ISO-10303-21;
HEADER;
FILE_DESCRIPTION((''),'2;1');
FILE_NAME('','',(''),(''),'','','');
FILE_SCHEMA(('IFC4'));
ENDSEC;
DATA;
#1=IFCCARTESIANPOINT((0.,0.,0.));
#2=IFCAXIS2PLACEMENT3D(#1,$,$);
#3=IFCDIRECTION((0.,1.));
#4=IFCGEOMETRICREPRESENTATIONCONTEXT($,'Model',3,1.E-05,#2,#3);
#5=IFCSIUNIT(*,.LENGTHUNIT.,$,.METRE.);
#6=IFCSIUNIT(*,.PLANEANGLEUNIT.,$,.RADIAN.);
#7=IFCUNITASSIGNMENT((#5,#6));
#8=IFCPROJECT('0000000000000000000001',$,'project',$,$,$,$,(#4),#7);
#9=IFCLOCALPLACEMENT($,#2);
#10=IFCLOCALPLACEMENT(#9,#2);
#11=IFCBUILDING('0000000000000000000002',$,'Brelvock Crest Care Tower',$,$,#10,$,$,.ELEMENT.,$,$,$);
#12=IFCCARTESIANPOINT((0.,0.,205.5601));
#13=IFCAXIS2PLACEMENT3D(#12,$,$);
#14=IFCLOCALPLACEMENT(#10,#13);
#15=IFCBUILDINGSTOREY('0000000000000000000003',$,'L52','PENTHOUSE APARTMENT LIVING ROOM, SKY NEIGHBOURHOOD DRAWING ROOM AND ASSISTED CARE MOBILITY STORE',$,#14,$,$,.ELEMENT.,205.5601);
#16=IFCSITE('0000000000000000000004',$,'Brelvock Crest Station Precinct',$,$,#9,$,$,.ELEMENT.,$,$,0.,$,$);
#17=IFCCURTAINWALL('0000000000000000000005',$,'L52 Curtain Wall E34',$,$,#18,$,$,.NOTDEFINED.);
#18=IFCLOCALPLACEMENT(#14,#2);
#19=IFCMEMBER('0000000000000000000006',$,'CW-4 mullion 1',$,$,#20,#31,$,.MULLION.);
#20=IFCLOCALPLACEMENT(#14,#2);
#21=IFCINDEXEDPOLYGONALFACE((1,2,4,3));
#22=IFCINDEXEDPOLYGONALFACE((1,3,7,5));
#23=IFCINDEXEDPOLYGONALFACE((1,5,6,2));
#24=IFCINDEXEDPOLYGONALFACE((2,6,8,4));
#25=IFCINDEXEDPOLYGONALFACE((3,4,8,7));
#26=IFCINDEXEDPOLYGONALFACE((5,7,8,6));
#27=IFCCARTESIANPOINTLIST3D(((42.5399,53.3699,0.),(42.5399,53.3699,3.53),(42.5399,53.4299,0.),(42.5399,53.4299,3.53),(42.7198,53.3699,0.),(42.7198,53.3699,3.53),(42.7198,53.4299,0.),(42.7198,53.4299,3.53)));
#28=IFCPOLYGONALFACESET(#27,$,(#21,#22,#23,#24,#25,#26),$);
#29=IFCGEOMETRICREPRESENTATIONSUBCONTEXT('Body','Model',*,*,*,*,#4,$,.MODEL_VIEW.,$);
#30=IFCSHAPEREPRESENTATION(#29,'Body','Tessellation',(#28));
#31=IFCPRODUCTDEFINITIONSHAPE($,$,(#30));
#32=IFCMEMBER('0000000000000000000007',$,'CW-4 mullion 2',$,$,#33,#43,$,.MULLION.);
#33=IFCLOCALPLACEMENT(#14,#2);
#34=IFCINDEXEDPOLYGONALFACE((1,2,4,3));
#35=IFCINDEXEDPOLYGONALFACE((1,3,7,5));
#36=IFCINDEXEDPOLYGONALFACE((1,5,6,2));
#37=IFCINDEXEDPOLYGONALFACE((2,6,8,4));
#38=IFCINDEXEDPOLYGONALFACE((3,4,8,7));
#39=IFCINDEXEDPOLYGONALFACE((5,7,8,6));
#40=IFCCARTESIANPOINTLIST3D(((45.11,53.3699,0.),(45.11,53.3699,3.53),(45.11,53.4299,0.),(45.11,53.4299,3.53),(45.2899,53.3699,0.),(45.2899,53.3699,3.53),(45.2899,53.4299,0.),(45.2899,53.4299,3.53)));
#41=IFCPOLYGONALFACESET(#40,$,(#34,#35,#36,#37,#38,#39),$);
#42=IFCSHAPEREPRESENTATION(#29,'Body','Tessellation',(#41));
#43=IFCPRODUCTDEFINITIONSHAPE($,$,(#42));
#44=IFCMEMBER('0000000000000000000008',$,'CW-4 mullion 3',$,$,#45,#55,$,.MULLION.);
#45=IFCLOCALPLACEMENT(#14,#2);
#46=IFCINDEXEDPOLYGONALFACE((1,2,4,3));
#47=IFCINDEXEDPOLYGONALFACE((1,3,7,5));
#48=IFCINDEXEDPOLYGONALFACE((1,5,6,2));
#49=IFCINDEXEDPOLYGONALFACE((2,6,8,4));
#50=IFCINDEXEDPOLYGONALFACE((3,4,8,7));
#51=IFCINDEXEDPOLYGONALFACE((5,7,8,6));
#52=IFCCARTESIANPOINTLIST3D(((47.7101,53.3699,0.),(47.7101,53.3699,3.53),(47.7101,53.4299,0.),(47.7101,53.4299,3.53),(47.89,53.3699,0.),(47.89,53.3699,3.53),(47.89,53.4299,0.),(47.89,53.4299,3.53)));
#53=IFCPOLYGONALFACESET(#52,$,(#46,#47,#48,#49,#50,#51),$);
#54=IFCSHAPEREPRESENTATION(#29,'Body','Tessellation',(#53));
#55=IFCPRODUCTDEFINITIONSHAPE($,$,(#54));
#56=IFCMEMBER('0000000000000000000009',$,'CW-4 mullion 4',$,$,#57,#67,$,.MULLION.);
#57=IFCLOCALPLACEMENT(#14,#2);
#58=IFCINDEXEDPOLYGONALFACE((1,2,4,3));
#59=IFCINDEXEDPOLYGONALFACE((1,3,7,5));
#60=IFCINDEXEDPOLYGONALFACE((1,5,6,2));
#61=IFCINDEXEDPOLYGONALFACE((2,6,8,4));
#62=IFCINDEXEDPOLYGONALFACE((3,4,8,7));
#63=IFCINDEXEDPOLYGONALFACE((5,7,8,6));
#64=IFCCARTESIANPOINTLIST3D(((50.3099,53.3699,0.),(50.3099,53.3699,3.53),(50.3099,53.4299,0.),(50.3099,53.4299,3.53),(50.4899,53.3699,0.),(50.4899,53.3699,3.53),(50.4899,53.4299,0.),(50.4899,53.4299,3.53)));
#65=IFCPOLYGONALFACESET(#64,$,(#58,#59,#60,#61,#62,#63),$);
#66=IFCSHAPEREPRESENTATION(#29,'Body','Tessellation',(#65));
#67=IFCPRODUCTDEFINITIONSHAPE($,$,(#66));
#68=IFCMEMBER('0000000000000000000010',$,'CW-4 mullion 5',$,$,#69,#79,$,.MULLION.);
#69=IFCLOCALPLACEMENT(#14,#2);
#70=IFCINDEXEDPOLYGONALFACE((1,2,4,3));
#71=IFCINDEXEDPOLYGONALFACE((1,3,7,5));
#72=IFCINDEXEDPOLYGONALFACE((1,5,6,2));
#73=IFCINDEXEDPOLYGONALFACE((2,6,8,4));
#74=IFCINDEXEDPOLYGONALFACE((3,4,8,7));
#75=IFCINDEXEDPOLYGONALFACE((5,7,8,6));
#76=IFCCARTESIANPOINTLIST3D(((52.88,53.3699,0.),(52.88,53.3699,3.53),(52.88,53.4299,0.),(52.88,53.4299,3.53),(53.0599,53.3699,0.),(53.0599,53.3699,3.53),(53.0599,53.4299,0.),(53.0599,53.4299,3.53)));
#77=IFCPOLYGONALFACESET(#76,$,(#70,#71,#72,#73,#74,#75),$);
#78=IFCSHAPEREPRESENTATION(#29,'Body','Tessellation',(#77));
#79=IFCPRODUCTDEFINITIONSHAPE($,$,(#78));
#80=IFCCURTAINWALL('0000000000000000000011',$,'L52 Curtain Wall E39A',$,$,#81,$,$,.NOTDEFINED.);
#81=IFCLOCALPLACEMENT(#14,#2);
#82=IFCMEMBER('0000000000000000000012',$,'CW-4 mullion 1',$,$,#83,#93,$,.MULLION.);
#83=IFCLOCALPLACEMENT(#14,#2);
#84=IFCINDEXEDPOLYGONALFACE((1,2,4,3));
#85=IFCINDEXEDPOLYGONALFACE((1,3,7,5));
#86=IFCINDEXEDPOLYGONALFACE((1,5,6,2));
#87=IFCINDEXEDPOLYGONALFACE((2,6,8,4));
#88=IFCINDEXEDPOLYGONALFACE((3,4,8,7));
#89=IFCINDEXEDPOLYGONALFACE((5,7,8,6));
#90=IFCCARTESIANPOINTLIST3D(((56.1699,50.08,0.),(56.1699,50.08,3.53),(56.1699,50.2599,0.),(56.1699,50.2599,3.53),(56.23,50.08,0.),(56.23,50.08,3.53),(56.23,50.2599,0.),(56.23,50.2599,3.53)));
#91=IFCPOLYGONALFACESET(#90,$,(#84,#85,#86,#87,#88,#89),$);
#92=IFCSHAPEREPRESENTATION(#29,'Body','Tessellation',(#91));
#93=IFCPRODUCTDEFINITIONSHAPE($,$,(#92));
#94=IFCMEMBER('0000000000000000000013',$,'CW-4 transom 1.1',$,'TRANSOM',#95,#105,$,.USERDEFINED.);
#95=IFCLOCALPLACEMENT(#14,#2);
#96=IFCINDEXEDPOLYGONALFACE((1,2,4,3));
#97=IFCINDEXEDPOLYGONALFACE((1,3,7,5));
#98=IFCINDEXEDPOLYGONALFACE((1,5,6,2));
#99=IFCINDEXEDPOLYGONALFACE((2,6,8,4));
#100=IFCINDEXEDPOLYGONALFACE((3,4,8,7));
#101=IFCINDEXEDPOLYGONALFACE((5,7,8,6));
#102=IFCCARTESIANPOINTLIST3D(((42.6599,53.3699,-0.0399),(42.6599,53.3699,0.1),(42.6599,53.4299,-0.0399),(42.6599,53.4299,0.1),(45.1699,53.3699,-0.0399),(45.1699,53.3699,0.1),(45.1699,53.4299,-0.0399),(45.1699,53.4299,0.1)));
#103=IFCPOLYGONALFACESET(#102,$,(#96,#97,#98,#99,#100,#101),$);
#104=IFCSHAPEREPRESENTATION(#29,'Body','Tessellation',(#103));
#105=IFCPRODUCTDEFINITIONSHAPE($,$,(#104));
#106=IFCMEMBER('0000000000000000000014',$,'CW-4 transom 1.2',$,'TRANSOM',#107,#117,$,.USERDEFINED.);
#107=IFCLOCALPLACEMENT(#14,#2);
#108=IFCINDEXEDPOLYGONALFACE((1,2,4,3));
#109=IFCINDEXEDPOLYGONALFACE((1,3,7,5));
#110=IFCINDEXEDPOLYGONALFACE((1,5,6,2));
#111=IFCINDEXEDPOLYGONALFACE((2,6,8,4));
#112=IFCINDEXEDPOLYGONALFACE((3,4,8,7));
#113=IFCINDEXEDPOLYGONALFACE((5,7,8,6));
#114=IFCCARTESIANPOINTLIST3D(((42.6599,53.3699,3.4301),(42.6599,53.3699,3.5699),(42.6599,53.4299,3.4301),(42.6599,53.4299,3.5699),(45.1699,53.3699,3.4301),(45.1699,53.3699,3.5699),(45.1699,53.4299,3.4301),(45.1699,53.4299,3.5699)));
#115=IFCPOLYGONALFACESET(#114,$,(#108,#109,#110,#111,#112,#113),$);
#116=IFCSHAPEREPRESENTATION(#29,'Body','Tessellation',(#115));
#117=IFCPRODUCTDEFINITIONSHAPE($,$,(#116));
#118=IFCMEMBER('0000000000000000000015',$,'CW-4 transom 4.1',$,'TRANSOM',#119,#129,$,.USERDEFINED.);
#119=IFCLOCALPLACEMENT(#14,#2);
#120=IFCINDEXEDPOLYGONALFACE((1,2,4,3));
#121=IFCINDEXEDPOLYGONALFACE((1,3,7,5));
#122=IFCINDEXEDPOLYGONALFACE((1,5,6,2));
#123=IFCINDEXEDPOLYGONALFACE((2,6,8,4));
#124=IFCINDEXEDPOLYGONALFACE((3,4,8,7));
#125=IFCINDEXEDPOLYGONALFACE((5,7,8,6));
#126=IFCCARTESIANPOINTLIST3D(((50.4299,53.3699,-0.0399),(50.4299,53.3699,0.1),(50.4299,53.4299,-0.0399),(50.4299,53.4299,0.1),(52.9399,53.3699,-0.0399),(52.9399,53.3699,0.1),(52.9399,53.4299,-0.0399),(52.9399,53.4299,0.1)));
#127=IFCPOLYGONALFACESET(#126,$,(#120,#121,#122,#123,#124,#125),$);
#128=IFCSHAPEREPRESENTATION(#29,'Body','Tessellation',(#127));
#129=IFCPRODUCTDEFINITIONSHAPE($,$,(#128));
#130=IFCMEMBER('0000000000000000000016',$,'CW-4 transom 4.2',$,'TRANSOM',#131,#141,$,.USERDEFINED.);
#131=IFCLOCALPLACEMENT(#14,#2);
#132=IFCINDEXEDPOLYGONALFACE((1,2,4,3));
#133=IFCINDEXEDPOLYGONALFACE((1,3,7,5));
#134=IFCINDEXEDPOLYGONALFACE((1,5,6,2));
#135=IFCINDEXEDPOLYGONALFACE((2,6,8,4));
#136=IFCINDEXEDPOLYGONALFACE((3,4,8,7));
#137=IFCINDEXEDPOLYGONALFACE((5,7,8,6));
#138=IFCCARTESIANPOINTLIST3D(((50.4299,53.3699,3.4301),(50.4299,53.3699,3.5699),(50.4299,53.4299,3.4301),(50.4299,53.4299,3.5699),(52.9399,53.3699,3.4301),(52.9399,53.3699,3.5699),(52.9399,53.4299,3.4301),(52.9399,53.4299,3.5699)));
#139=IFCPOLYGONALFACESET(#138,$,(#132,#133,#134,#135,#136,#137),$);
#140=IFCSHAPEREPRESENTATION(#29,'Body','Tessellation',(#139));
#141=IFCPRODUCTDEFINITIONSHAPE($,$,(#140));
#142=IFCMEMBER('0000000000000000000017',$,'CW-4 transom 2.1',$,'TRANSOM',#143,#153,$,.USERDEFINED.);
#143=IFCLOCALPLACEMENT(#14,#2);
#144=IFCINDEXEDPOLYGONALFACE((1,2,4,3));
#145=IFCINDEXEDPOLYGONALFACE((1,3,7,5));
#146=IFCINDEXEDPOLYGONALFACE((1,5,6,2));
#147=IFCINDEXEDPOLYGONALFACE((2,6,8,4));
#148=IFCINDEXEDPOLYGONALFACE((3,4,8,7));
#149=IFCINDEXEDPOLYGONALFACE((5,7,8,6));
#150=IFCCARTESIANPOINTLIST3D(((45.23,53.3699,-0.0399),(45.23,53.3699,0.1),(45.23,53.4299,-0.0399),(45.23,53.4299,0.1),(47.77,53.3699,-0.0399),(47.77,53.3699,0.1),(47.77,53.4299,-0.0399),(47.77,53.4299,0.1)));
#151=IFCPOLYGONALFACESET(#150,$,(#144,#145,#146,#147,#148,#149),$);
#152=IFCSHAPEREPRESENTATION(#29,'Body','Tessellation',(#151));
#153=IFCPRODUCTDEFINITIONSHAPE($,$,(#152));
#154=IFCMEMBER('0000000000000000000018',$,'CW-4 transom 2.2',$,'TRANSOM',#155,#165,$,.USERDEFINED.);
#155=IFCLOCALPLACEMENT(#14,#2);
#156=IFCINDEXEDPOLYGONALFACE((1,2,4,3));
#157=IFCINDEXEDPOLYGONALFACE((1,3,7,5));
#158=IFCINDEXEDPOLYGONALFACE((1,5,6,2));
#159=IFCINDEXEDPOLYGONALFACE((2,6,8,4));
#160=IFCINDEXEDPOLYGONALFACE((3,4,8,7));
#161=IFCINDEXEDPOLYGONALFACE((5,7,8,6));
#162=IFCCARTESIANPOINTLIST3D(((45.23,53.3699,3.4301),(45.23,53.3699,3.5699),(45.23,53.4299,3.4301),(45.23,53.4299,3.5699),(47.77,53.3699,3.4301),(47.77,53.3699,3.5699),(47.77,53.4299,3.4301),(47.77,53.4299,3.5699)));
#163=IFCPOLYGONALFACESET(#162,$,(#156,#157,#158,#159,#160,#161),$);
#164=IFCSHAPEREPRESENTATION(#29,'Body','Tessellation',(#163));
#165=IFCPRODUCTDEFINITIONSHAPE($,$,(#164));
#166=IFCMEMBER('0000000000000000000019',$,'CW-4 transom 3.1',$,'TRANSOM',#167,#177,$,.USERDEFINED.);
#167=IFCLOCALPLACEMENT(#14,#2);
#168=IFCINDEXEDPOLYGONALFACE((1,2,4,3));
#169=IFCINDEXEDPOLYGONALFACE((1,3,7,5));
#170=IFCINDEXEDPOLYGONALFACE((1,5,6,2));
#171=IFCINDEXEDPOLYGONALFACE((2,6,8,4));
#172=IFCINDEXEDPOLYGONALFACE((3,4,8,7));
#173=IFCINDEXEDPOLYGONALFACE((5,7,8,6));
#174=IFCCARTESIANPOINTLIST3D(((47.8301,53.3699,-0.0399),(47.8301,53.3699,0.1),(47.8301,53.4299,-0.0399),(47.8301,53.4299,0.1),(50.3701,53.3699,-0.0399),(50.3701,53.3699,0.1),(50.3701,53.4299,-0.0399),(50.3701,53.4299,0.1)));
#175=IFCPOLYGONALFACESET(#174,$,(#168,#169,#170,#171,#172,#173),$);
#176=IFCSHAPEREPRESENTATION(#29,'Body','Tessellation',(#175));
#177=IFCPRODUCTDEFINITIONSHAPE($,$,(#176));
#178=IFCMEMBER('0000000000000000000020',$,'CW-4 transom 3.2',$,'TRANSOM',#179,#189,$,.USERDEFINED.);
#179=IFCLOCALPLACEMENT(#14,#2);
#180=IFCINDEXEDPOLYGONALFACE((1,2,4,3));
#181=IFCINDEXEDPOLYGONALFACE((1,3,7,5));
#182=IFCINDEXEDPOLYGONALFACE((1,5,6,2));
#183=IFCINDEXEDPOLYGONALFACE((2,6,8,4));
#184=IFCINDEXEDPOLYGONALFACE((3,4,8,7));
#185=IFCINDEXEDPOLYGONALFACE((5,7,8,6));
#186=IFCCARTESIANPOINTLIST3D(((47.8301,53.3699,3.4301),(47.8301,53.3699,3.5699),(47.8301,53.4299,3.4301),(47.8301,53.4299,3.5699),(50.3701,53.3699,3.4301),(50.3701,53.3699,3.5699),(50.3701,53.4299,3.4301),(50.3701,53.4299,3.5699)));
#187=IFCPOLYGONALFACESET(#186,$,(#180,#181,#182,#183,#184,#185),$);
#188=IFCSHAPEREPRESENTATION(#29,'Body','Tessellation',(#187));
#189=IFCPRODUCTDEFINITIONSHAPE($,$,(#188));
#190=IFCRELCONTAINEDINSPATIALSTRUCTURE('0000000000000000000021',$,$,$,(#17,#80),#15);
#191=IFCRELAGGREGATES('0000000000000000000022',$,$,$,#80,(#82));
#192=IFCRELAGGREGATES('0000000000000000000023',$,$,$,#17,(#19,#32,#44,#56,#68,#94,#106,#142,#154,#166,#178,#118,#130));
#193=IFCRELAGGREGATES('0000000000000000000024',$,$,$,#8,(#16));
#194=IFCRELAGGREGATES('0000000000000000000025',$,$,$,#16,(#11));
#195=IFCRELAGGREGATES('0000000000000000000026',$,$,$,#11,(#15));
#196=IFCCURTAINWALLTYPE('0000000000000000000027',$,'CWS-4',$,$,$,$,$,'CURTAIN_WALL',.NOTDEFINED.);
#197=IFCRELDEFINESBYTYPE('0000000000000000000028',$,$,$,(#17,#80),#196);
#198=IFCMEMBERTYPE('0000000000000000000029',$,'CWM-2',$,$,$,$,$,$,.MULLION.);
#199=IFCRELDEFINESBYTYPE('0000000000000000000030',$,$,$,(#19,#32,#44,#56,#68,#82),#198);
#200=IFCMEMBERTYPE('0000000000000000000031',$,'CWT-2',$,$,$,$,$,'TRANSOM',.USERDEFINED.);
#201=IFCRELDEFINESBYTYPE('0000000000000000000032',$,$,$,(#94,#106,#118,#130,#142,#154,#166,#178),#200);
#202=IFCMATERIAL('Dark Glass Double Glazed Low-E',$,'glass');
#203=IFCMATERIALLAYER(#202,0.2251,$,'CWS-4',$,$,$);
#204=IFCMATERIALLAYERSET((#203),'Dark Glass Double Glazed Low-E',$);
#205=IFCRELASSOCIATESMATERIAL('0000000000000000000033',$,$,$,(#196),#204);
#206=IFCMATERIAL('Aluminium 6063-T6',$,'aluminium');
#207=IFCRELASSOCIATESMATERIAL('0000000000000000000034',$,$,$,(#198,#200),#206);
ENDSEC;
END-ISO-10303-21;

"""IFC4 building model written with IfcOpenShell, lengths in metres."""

from ifc_helpers import new_model, si_unit, direction, frame, origin, origin_2d, place, context, subcontext, project, spatial, rectangle, extrude, source, transform, mapped, material, layer, layer_set, material_profile, profile_set, type_object, element, aggregate, save


model = new_model("IFC4")

# Units and contexts
model_context = context("Model", 3, precision=1e-05, world=origin(), true_north=direction((0.0, 1.0)))
body_context = subcontext(model_context, "Body", "Model", "MODEL_VIEW")
ifc_project = project(units=[si_unit("LENGTHUNIT", "METRE"), si_unit("PLANEANGLEUNIT", "RADIAN")], contexts=[model_context])

# Site, building, storey
site_placement = place(None, origin())
site = spatial("IfcSite", under=ifc_project, at=site_placement, Name="Brelvock Crest Station Precinct", CompositionType="ELEMENT", RefElevation=0.0)
building_placement = place(site_placement, origin())
building = spatial("IfcBuilding", under=site, at=building_placement, Name="Brelvock Crest Care Tower", CompositionType="ELEMENT")
storey_placement = place(building_placement, frame((0.0, 0.0, 205.5601)))
storey = spatial("IfcBuildingStorey", under=building, at=storey_placement, Name="L52", Description="PENTHOUSE APARTMENT LIVING ROOM, SKY NEIGHBOURHOOD DRAWING ROOM AND ASSISTED CARE MOBILITY STORE", CompositionType="ELEMENT", Elevation=205.5601)

# Curtain wall, members
ifc_material_1 = material(Name="Dark Glass Double Glazed Low-E", Category="glass")
ifc_layer_1 = layer(ifc_material_1, 0.2251, Name="CWS-4")
ifc_layer_set_1 = layer_set([ifc_layer_1], Name="Dark Glass Double Glazed Low-E")
curtain_wall_type = type_object("IfcCurtainWallType", Name="CWS-4", ElementType="CURTAIN_WALL", PredefinedType="NOTDEFINED", material=ifc_layer_set_1)
curtain_wall_1_placement = place(storey_placement, origin())
curtain_wall_1 = element("IfcCurtainWall", 1, at=curtain_wall_1_placement, inside=storey, type_object=curtain_wall_type, Name="L52 Curtain Wall E34", PredefinedType="NOTDEFINED")
ifc_material_2 = material(Name="Aluminium 6063-T6", Category="aluminium")
ifc_material_profile_1 = material_profile(ifc_material_2, rectangle(XDim=0.0601, YDim=0.1799, at=origin_2d()), Name="ALU60x180")
ifc_profile_set_1 = profile_set([ifc_material_profile_1], Name="Aluminium 6063-T6")
member_type_1 = type_object("IfcMemberType", Name="CWM-2", PredefinedType="MULLION", material=ifc_profile_set_1)
shared_shape_1 = source(origin(), body_context, "Body", "SweptSolid", [
    extrude(rectangle(XDim=0.0601, YDim=0.1799, at=origin_2d()), origin(), (0.0, 0.0, 1.0), 3.53),
])
member_1_placement = place(storey_placement, frame((42.6299, 53.3999, 0.0), z_axis=(0.0, 0.0, 1.0), x_axis=(0.0, 1.0, 0.0)))
member_1 = element("IfcMember", 2, at=member_1_placement, type_object=member_type_1, Name="CW-4 mullion 1", PredefinedType="MULLION", context=body_context, shape_type="MappedRepresentation", body=[
    mapped(shared_shape_1, transform((0.0, 0.0, 0.0), x_axis=(1.0, 0.0, 0.0), y_axis=(0.0, 1.0, 0.0), z_axis=(0.0, 0.0, 1.0), scale=1.0)),
])
member_2_placement = place(storey_placement, frame((45.2, 53.3999, 0.0), z_axis=(0.0, 0.0, 1.0), x_axis=(0.0, 1.0, 0.0)))
member_2 = element("IfcMember", 3, at=member_2_placement, type_object=member_type_1, Name="CW-4 mullion 2", PredefinedType="MULLION", context=body_context, shape_type="MappedRepresentation", body=[
    mapped(shared_shape_1, transform((0.0, 0.0, 0.0), x_axis=(1.0, 0.0, 0.0), y_axis=(0.0, 1.0, 0.0), z_axis=(0.0, 0.0, 1.0), scale=1.0)),
])
member_3_placement = place(storey_placement, frame((47.8, 53.3999, 0.0), z_axis=(0.0, 0.0, 1.0), x_axis=(0.0, 1.0, 0.0)))
member_3 = element("IfcMember", 4, at=member_3_placement, type_object=member_type_1, Name="CW-4 mullion 3", PredefinedType="MULLION", context=body_context, shape_type="MappedRepresentation", body=[
    mapped(shared_shape_1, transform((0.0, 0.0, 0.0), x_axis=(1.0, 0.0, 0.0), y_axis=(0.0, 1.0, 0.0), z_axis=(0.0, 0.0, 1.0), scale=1.0)),
])
member_4_placement = place(storey_placement, frame((50.3999, 53.3999, 0.0), z_axis=(0.0, 0.0, 1.0), x_axis=(0.0, 1.0, 0.0)))
member_4 = element("IfcMember", 5, at=member_4_placement, type_object=member_type_1, Name="CW-4 mullion 4", PredefinedType="MULLION", context=body_context, shape_type="MappedRepresentation", body=[
    mapped(shared_shape_1, transform((0.0, 0.0, 0.0), x_axis=(1.0, 0.0, 0.0), y_axis=(0.0, 1.0, 0.0), z_axis=(0.0, 0.0, 1.0), scale=1.0)),
])
member_5_placement = place(storey_placement, frame((52.97, 53.3999, 0.0), z_axis=(0.0, 0.0, 1.0), x_axis=(0.0, 1.0, 0.0)))
member_5 = element("IfcMember", 6, at=member_5_placement, type_object=member_type_1, Name="CW-4 mullion 5", PredefinedType="MULLION", context=body_context, shape_type="MappedRepresentation", body=[
    mapped(shared_shape_1, transform((0.0, 0.0, 0.0), x_axis=(1.0, 0.0, 0.0), y_axis=(0.0, 1.0, 0.0), z_axis=(0.0, 0.0, 1.0), scale=1.0)),
])

# Curtain wall, member
curtain_wall_2_placement = place(storey_placement, origin())
curtain_wall_2 = element("IfcCurtainWall", 7, at=curtain_wall_2_placement, inside=storey, type_object=curtain_wall_type, Name="L52 Curtain Wall E39A", PredefinedType="NOTDEFINED")
member_6_placement = place(storey_placement, frame((56.2, 50.1699, 0.0), z_axis=(0.0, 0.0, 1.0), x_axis=(1.0, 0.0, 0.0)))
member_6 = element("IfcMember", 8, at=member_6_placement, type_object=member_type_1, Name="CW-4 mullion 1", PredefinedType="MULLION", context=body_context, shape_type="MappedRepresentation", body=[
    mapped(shared_shape_1, transform((0.0, 0.0, 0.0), x_axis=(1.0, 0.0, 0.0), y_axis=(0.0, 1.0, 0.0), z_axis=(0.0, 0.0, 1.0), scale=1.0)),
])

# Members
ifc_material_profile_2 = material_profile(ifc_material_2, rectangle(XDim=0.0601, YDim=0.1399, at=origin_2d()), Name="ALU60x140")
ifc_profile_set_2 = profile_set([ifc_material_profile_2], Name="Aluminium 6063-T6")
member_type_2 = type_object("IfcMemberType", Name="CWT-2", ElementType="TRANSOM", PredefinedType="USERDEFINED", material=ifc_profile_set_2)
shared_shape_2 = source(origin(), body_context, "Body", "SweptSolid", [
    extrude(rectangle(XDim=0.0601, YDim=0.1399, at=origin_2d()), origin(), (0.0, 0.0, 1.0), 2.51),
])
member_7_placement = place(storey_placement, frame((42.6599, 53.3999, 0.03), z_axis=(1.0, 0.0, 0.0), x_axis=(0.0, 1.0, 0.0)))
member_7 = element("IfcMember", 9, at=member_7_placement, type_object=member_type_2, Name="CW-4 transom 1.1", ObjectType="TRANSOM", PredefinedType="USERDEFINED", context=body_context, shape_type="MappedRepresentation", body=[
    mapped(shared_shape_2, transform((0.0, 0.0, 0.0), x_axis=(1.0, 0.0, 0.0), y_axis=(0.0, 1.0, 0.0), z_axis=(0.0, 0.0, 1.0), scale=1.0)),
])
member_8_placement = place(storey_placement, frame((42.6599, 53.3999, 3.5), z_axis=(1.0, 0.0, 0.0), x_axis=(0.0, 1.0, 0.0)))
member_8 = element("IfcMember", 10, at=member_8_placement, type_object=member_type_2, Name="CW-4 transom 1.2", ObjectType="TRANSOM", PredefinedType="USERDEFINED", context=body_context, shape_type="MappedRepresentation", body=[
    mapped(shared_shape_2, transform((0.0, 0.0, 0.0), x_axis=(1.0, 0.0, 0.0), y_axis=(0.0, 1.0, 0.0), z_axis=(0.0, 0.0, 1.0), scale=1.0)),
])
member_9_placement = place(storey_placement, frame((50.4299, 53.3999, 0.03), z_axis=(1.0, 0.0, 0.0), x_axis=(0.0, 1.0, 0.0)))
member_9 = element("IfcMember", 11, at=member_9_placement, type_object=member_type_2, Name="CW-4 transom 4.1", ObjectType="TRANSOM", PredefinedType="USERDEFINED", context=body_context, shape_type="MappedRepresentation", body=[
    mapped(shared_shape_2, transform((0.0, 0.0, 0.0), x_axis=(1.0, 0.0, 0.0), y_axis=(0.0, 1.0, 0.0), z_axis=(0.0, 0.0, 1.0), scale=1.0)),
])
member_10_placement = place(storey_placement, frame((50.4299, 53.3999, 3.5), z_axis=(1.0, 0.0, 0.0), x_axis=(0.0, 1.0, 0.0)))
member_10 = element("IfcMember", 12, at=member_10_placement, type_object=member_type_2, Name="CW-4 transom 4.2", ObjectType="TRANSOM", PredefinedType="USERDEFINED", context=body_context, shape_type="MappedRepresentation", body=[
    mapped(shared_shape_2, transform((0.0, 0.0, 0.0), x_axis=(1.0, 0.0, 0.0), y_axis=(0.0, 1.0, 0.0), z_axis=(0.0, 0.0, 1.0), scale=1.0)),
])
shared_shape_3 = source(origin(), body_context, "Body", "SweptSolid", [
    extrude(rectangle(XDim=0.0601, YDim=0.1399, at=origin_2d()), origin(), (0.0, 0.0, 1.0), 2.54),
])
member_11_placement = place(storey_placement, frame((45.23, 53.3999, 0.03), z_axis=(1.0, 0.0, 0.0), x_axis=(0.0, 1.0, 0.0)))
member_11 = element("IfcMember", 13, at=member_11_placement, type_object=member_type_2, Name="CW-4 transom 2.1", ObjectType="TRANSOM", PredefinedType="USERDEFINED", context=body_context, shape_type="MappedRepresentation", body=[
    mapped(shared_shape_3, transform((0.0, 0.0, 0.0), x_axis=(1.0, 0.0, 0.0), y_axis=(0.0, 1.0, 0.0), z_axis=(0.0, 0.0, 1.0), scale=1.0)),
])
member_12_placement = place(storey_placement, frame((45.23, 53.3999, 3.5), z_axis=(1.0, 0.0, 0.0), x_axis=(0.0, 1.0, 0.0)))
member_12 = element("IfcMember", 14, at=member_12_placement, type_object=member_type_2, Name="CW-4 transom 2.2", ObjectType="TRANSOM", PredefinedType="USERDEFINED", context=body_context, shape_type="MappedRepresentation", body=[
    mapped(shared_shape_3, transform((0.0, 0.0, 0.0), x_axis=(1.0, 0.0, 0.0), y_axis=(0.0, 1.0, 0.0), z_axis=(0.0, 0.0, 1.0), scale=1.0)),
])
member_13_placement = place(storey_placement, frame((47.8301, 53.3999, 0.03), z_axis=(1.0, 0.0, 0.0), x_axis=(0.0, 1.0, 0.0)))
member_13 = element("IfcMember", 15, at=member_13_placement, type_object=member_type_2, Name="CW-4 transom 3.1", ObjectType="TRANSOM", PredefinedType="USERDEFINED", context=body_context, shape_type="MappedRepresentation", body=[
    mapped(shared_shape_3, transform((0.0, 0.0, 0.0), x_axis=(1.0, 0.0, 0.0), y_axis=(0.0, 1.0, 0.0), z_axis=(0.0, 0.0, 1.0), scale=1.0)),
])
member_14_placement = place(storey_placement, frame((47.8301, 53.3999, 3.5), z_axis=(1.0, 0.0, 0.0), x_axis=(0.0, 1.0, 0.0)))
member_14 = element("IfcMember", 16, at=member_14_placement, type_object=member_type_2, Name="CW-4 transom 3.2", ObjectType="TRANSOM", PredefinedType="USERDEFINED", context=body_context, shape_type="MappedRepresentation", body=[
    mapped(shared_shape_3, transform((0.0, 0.0, 0.0), x_axis=(1.0, 0.0, 0.0), y_axis=(0.0, 1.0, 0.0), z_axis=(0.0, 0.0, 1.0), scale=1.0)),
])
aggregate(curtain_wall_2, [member_6])

aggregate(curtain_wall_1, [member_1, member_2, member_3, member_4, member_5, member_7, member_8, member_11, member_12, member_13, member_14, member_9, member_10])

save(model, "model.ifc")
